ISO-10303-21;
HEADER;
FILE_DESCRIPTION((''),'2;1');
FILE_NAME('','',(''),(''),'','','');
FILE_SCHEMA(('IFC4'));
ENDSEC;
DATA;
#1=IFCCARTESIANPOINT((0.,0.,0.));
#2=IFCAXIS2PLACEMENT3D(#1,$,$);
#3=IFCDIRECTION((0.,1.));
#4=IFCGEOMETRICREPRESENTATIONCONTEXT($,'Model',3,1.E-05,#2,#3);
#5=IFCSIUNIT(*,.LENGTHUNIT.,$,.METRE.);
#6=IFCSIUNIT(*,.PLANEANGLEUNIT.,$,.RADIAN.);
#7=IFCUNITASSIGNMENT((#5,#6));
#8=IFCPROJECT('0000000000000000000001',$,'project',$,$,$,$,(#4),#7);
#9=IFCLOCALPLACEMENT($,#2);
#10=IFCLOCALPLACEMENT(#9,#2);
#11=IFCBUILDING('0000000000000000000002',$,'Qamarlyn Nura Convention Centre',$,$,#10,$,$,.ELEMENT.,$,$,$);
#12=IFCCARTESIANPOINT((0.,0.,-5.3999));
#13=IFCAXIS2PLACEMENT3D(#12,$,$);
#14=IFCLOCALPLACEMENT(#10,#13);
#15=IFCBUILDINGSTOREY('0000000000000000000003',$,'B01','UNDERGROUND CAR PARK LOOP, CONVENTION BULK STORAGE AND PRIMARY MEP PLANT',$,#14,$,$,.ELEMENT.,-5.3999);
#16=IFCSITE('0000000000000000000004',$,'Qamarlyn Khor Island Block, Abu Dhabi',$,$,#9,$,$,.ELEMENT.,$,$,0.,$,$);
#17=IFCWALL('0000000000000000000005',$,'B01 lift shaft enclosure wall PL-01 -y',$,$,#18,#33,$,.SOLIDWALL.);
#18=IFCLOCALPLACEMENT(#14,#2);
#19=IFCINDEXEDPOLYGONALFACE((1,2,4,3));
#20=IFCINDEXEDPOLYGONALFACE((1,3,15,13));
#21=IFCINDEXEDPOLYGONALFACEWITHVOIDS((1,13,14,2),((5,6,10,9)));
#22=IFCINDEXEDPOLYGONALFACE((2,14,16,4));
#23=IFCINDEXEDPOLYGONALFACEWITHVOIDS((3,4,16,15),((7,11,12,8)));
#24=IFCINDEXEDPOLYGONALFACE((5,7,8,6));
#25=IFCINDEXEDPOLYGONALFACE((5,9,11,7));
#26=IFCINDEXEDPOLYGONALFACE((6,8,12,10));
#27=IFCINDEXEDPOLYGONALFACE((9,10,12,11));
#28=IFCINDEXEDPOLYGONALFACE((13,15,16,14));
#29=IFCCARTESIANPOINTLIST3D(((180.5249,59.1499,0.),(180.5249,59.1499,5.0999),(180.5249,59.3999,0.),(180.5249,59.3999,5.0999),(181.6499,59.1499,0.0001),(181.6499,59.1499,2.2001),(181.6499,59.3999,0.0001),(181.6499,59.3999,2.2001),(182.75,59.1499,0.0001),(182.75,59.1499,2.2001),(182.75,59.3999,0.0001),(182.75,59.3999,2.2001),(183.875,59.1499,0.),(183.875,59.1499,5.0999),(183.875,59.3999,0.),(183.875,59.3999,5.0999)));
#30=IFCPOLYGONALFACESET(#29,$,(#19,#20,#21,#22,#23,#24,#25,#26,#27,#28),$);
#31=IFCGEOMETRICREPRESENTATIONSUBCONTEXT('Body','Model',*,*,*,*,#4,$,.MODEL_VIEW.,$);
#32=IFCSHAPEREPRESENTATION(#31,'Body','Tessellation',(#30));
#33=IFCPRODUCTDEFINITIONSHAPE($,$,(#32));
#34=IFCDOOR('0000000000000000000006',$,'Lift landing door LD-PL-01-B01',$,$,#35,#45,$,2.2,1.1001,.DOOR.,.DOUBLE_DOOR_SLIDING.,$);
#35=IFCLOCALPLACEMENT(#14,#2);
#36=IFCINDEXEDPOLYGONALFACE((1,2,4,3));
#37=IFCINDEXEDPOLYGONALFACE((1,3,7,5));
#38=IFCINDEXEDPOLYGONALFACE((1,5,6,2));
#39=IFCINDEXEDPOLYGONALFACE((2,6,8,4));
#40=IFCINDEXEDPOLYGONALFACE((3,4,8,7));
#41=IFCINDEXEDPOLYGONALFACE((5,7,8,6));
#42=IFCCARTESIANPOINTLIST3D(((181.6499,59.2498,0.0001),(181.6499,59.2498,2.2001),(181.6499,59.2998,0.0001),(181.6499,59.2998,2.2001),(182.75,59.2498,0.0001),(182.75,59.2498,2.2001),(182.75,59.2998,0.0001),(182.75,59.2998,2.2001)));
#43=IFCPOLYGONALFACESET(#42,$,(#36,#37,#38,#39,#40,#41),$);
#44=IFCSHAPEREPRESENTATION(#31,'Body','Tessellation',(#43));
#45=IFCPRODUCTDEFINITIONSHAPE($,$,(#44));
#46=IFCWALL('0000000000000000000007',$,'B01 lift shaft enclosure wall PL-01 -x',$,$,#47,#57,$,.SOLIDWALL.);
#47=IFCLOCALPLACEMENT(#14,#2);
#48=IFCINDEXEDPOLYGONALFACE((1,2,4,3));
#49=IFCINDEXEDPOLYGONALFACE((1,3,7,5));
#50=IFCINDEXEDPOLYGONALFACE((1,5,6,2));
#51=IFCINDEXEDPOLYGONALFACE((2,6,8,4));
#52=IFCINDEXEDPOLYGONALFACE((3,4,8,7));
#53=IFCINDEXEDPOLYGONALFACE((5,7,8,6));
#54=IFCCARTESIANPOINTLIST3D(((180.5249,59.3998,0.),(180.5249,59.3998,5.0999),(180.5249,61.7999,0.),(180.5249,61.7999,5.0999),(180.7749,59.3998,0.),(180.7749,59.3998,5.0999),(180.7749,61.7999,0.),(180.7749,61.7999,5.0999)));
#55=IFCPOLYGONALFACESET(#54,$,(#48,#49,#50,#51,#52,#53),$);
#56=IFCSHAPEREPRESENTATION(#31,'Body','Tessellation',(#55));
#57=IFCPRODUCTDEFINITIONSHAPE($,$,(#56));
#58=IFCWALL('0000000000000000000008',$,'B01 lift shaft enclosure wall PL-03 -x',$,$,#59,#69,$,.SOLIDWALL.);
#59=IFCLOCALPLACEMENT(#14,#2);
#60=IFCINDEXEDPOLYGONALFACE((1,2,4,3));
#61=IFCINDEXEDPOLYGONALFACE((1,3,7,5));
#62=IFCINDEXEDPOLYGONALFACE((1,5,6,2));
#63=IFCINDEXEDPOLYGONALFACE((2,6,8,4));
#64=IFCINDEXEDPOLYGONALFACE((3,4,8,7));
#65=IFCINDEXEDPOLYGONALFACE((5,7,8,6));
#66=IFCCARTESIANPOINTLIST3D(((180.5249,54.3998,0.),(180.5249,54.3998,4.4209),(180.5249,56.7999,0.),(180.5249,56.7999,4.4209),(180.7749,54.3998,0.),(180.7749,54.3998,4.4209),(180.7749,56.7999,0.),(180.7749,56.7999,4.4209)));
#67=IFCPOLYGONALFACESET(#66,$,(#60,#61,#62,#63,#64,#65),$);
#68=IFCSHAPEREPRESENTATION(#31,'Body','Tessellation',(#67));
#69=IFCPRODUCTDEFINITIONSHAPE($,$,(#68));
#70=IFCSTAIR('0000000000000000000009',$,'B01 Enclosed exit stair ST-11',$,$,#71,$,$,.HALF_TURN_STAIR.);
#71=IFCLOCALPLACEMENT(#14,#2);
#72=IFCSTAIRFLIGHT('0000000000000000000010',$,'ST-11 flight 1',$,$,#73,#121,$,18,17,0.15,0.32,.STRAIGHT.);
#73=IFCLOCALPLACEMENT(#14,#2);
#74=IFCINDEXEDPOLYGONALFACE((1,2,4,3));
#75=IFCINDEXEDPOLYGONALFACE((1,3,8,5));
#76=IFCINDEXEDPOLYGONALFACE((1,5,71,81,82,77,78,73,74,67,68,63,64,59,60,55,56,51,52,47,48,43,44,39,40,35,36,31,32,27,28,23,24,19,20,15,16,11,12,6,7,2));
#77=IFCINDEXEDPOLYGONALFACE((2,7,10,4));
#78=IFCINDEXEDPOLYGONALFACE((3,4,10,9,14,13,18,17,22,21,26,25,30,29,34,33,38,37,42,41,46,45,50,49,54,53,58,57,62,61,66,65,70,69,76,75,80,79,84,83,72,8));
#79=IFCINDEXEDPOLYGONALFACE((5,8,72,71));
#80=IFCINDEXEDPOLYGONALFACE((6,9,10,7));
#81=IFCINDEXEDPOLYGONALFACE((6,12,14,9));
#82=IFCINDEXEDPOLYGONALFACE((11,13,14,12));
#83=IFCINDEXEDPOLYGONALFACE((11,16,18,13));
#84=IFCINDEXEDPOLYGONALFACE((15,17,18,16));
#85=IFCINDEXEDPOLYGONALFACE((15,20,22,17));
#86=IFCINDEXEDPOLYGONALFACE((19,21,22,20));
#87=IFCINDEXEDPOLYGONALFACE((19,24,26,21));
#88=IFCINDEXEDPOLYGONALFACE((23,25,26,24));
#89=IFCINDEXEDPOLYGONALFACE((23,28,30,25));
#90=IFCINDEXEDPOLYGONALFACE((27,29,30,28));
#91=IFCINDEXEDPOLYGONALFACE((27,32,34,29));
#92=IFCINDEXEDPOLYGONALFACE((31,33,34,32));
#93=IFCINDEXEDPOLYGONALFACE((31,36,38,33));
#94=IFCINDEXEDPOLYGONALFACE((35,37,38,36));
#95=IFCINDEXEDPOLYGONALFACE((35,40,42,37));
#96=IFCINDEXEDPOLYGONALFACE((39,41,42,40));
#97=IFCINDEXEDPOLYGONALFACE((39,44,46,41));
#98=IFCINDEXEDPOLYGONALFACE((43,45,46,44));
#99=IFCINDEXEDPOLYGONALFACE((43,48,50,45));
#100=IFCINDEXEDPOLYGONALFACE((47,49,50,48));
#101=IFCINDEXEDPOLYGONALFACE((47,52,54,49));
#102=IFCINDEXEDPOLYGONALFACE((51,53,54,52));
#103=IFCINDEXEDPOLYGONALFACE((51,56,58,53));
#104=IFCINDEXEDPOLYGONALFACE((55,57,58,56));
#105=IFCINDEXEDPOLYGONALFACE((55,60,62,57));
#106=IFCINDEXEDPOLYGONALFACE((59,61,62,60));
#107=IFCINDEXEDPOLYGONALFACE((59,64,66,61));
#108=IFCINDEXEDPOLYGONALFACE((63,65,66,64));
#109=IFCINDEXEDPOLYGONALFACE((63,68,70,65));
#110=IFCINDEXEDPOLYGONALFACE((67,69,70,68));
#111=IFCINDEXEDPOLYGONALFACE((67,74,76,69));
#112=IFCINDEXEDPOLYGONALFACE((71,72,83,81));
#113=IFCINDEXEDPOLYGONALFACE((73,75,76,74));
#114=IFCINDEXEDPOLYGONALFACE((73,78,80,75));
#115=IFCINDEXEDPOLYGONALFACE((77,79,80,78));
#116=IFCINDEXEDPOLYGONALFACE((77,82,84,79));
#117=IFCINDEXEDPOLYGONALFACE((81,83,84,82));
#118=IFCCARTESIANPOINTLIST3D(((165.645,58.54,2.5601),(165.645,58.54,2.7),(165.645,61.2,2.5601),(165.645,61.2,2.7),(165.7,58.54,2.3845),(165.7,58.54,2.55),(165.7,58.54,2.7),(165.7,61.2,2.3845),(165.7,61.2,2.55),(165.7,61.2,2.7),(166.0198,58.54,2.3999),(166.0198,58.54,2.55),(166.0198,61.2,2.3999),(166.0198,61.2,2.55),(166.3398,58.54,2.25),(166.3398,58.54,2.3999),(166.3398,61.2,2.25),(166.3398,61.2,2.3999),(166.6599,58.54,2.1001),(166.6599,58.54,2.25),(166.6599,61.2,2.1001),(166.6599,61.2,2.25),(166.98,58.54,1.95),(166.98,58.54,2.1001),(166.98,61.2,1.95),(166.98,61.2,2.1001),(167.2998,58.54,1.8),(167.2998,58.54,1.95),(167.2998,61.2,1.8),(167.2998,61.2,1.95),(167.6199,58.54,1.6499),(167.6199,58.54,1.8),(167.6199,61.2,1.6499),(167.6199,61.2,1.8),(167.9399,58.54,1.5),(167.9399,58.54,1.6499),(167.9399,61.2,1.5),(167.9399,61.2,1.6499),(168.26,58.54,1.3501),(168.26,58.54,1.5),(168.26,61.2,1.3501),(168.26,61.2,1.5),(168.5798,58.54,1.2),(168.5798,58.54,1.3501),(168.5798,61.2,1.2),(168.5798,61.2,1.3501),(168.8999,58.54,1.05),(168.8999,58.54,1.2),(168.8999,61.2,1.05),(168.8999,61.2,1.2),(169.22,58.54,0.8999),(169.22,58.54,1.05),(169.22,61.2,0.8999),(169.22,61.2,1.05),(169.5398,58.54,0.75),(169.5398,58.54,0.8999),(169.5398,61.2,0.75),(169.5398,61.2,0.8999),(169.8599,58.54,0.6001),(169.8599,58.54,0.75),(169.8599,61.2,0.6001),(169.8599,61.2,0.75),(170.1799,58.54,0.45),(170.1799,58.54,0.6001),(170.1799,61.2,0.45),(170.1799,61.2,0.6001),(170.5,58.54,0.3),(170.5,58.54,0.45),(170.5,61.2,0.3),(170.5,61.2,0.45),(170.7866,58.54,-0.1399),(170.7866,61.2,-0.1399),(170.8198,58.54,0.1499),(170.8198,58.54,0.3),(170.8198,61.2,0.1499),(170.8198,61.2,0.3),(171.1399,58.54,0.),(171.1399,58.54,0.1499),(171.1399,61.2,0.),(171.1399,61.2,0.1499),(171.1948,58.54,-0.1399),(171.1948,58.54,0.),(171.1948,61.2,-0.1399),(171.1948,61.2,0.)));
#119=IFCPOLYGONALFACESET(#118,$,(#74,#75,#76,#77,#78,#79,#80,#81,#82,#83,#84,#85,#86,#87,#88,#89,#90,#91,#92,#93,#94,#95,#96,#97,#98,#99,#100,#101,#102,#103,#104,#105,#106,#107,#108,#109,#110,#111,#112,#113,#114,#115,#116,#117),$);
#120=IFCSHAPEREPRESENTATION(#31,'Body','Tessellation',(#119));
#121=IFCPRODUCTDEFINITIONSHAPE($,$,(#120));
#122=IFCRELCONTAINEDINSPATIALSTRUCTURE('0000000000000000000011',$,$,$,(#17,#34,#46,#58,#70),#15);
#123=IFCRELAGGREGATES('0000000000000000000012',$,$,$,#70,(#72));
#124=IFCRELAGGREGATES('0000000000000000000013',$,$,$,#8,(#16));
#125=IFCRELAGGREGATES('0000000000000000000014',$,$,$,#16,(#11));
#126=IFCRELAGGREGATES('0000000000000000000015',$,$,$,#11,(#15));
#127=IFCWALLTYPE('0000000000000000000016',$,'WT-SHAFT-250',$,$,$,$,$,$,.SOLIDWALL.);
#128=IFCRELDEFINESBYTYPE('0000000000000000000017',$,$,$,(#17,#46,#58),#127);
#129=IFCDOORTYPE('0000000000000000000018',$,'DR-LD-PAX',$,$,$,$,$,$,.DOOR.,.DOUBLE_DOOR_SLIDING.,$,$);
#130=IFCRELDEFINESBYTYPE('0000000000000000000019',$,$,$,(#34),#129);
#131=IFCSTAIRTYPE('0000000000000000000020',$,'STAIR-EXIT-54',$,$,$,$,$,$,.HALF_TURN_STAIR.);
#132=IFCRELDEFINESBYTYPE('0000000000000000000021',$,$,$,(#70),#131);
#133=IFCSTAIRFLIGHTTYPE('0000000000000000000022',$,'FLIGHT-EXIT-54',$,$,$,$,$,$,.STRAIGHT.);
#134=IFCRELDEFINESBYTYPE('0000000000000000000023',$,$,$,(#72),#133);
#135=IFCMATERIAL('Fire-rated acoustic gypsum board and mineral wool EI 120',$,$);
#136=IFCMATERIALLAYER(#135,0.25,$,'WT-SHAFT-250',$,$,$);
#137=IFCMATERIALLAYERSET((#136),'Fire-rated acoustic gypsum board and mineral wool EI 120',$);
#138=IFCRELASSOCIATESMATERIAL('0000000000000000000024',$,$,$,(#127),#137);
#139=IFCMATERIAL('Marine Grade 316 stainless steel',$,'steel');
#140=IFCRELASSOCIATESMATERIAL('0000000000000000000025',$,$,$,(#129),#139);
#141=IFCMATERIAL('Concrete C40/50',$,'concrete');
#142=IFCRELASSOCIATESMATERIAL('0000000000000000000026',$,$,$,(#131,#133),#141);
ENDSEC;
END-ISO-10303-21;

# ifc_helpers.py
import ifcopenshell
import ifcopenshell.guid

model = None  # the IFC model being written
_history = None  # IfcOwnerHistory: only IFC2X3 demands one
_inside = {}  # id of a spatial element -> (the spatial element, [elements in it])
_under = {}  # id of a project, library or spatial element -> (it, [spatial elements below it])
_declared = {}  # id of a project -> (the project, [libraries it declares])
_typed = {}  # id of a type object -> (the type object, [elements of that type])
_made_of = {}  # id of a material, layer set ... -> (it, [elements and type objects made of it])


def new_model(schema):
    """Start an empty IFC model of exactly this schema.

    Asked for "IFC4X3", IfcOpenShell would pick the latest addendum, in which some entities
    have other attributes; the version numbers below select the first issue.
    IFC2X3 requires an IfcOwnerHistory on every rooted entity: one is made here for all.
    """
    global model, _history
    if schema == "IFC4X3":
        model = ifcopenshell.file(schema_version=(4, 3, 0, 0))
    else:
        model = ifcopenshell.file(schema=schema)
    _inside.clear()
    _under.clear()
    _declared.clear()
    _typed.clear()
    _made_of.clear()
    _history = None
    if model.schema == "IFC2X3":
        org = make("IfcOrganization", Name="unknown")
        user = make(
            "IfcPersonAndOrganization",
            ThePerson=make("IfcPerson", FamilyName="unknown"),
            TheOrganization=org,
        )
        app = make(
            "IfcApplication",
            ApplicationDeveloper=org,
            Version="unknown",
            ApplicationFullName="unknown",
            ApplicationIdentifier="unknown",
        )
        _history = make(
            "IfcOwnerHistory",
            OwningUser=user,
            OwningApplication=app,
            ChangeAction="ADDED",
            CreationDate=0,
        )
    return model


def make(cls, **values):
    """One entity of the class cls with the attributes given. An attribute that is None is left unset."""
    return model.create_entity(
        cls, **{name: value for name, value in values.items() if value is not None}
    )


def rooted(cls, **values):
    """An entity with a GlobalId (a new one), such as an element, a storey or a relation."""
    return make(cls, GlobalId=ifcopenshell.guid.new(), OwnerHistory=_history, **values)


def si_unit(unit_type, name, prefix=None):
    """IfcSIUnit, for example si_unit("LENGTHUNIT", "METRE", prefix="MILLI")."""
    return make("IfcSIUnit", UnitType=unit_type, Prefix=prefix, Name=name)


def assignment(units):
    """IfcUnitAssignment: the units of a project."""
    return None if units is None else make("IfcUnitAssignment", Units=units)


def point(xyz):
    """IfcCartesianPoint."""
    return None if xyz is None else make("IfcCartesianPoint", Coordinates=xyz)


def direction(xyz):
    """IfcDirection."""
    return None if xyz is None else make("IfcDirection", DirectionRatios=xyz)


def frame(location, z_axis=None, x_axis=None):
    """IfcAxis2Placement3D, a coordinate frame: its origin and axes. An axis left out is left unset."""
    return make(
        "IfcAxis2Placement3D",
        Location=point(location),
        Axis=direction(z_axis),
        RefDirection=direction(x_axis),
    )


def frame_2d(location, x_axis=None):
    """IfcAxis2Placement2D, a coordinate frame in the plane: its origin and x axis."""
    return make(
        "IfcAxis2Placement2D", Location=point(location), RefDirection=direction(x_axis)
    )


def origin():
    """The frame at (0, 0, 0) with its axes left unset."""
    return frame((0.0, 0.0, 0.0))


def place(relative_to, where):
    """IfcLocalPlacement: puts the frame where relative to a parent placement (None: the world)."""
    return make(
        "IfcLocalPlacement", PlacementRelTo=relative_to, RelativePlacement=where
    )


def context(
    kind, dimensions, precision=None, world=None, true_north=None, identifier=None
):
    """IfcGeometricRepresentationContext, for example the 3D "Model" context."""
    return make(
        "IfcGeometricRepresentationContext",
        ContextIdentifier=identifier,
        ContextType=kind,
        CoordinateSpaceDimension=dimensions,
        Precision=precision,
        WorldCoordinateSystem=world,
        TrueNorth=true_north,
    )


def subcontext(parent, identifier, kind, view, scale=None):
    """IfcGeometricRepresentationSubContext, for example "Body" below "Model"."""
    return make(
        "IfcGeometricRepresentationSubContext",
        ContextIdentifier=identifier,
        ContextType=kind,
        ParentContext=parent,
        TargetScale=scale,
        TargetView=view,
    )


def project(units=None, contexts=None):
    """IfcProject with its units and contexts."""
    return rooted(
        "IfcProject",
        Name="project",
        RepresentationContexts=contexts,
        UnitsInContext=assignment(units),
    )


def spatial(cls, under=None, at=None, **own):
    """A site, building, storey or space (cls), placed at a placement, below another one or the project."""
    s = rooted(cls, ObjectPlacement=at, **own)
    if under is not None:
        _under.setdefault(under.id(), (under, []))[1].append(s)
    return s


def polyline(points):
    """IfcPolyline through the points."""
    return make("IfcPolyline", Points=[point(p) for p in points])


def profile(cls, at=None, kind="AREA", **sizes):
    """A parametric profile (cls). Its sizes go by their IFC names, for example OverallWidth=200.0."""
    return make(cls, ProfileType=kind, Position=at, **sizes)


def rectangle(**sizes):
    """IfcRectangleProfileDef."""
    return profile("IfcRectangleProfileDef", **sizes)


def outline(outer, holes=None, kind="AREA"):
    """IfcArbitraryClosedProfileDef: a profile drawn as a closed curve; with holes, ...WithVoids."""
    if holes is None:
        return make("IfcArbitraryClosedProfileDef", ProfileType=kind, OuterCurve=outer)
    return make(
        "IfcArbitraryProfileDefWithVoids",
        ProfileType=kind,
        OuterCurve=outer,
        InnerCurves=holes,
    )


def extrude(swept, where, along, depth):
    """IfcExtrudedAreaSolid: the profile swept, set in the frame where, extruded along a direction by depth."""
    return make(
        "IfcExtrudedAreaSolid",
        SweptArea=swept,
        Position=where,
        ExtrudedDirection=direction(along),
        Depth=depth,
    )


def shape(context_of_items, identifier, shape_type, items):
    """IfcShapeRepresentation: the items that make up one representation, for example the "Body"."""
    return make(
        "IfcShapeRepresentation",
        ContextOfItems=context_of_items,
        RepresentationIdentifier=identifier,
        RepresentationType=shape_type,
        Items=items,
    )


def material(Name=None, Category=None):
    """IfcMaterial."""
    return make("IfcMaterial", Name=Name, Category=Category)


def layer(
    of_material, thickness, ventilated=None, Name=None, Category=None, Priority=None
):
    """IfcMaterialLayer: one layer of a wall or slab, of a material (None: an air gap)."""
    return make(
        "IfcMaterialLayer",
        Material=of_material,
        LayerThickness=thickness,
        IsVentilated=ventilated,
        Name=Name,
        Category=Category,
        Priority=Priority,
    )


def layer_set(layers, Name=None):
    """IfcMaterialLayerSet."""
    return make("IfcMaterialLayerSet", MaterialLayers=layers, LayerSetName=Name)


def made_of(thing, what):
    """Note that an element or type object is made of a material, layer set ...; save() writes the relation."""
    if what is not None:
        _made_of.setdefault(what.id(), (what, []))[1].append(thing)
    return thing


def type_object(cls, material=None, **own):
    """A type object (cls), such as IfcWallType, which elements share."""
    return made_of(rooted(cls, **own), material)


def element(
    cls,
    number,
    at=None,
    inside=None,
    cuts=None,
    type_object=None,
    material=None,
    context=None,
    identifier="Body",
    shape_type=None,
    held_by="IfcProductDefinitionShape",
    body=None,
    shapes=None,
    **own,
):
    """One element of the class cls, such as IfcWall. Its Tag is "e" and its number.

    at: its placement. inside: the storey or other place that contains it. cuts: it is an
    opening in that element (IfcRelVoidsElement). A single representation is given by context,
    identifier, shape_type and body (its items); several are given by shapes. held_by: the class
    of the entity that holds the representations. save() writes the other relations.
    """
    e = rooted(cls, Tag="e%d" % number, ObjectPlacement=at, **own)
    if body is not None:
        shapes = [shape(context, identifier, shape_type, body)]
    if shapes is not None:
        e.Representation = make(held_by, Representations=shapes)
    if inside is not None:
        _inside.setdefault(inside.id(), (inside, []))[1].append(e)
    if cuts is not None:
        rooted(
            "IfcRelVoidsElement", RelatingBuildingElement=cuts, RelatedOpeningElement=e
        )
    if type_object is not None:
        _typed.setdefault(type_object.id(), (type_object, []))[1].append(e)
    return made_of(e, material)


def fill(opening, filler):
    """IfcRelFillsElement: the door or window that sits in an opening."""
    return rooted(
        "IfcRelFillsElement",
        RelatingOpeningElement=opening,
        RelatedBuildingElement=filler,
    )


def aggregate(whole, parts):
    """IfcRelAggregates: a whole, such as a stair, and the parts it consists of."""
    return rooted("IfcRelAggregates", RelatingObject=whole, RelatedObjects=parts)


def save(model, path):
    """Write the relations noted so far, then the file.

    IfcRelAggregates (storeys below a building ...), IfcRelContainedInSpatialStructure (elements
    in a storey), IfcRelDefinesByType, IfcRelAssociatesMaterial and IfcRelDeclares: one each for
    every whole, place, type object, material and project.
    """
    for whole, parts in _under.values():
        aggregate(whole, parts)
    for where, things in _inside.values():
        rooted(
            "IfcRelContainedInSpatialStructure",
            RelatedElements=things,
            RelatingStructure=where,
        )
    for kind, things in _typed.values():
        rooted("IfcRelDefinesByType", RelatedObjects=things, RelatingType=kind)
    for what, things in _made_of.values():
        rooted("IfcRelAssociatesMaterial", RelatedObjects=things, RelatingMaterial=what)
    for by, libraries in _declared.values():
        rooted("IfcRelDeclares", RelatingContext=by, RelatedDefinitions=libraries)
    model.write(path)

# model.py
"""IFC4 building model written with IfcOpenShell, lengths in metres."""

from ifc_helpers import new_model, si_unit, direction, frame, frame_2d, origin, place, context, subcontext, project, spatial, polyline, rectangle, outline, extrude, material, layer, layer_set, type_object, element, fill, aggregate, save


model = new_model("IFC4")

# Units and contexts
model_context = context("Model", 3, precision=1e-05, world=origin(), true_north=direction((0.0, 1.0)))
body_context = subcontext(model_context, "Body", "Model", "MODEL_VIEW")
ifc_project = project(units=[si_unit("LENGTHUNIT", "METRE"), si_unit("PLANEANGLEUNIT", "RADIAN")], contexts=[model_context])

# Site, building, storey
site_placement = place(None, origin())
site = spatial("IfcSite", under=ifc_project, at=site_placement, Name="Qamarlyn Khor Island Block, Abu Dhabi", CompositionType="ELEMENT", RefElevation=0.0)
building_placement = place(site_placement, origin())
building = spatial("IfcBuilding", under=site, at=building_placement, Name="Qamarlyn Nura Convention Centre", CompositionType="ELEMENT")
storey_placement = place(building_placement, frame((0.0, 0.0, -5.3999)))
storey = spatial("IfcBuildingStorey", under=building, at=storey_placement, Name="B01", Description="UNDERGROUND CAR PARK LOOP, CONVENTION BULK STORAGE AND PRIMARY MEP PLANT", CompositionType="ELEMENT", Elevation=-5.3999)

# Shared definitions
ifc_material_1 = material(Name="Concrete C40/50", Category="concrete")

# Wall, opening, door
ifc_material_2 = material(Name="Fire-rated acoustic gypsum board and mineral wool EI 120")
ifc_layer_1 = layer(ifc_material_2, 0.25, Name="WT-SHAFT-250")
ifc_layer_set_1 = layer_set([ifc_layer_1], Name="Fire-rated acoustic gypsum board and mineral wool EI 120")
wall_type_1 = type_object("IfcWallType", Name="WT-SHAFT-250", PredefinedType="SOLIDWALL", material=ifc_layer_set_1)
wall_1_placement = place(storey_placement, frame((180.5249, 59.2749, 0.0), z_axis=(0.0, 0.0, 1.0), x_axis=(1.0, 0.0, 0.0)))
wall_1 = element("IfcWall", 1, at=wall_1_placement, inside=storey, type_object=wall_type_1, Name="B01 lift shaft enclosure wall PL-01 -y", PredefinedType="SOLIDWALL", context=body_context, shape_type="SweptSolid", body=[
    extrude(rectangle(XDim=3.3501, YDim=0.25, at=frame_2d((1.675, 0.0))), origin(), (0.0, 0.0, 1.0), 5.0999),
])
opening_1_placement = place(wall_1_placement, frame((1.125, 0.0, 0.0)))
opening_1 = element("IfcOpeningElement", 2, at=opening_1_placement, cuts=wall_1, PredefinedType="OPENING", context=body_context, shape_type="SweptSolid", body=[
    extrude(rectangle(XDim=1.1001, YDim=2.2, at=frame_2d((0.55, 1.1001))), frame((0.0, 0.135, 0.0), z_axis=(0.0, -1.0, 0.0), x_axis=(1.0, 0.0, 0.0)), (0.0, 0.0, 1.0), 0.27),
])
ifc_material_3 = material(Name="Marine Grade 316 stainless steel", Category="steel")
door_type_1 = type_object("IfcDoorType", Name="DR-LD-PAX", OperationType="DOUBLE_DOOR_SLIDING", PredefinedType="DOOR", material=ifc_material_3)
door_1_placement = place(opening_1_placement, origin())
door_1 = element("IfcDoor", 3, at=door_1_placement, inside=storey, type_object=door_type_1, Name="Lift landing door LD-PL-01-B01", OperationType="DOUBLE_DOOR_SLIDING", OverallHeight=2.2, OverallWidth=1.1001, PredefinedType="DOOR", context=body_context, shape_type="SweptSolid", body=[
    extrude(rectangle(XDim=1.1001, YDim=2.2, at=frame_2d((0.55, 1.1001))), frame((0.0, 0.0249, 0.0), z_axis=(0.0, -1.0, 0.0), x_axis=(1.0, 0.0, 0.0)), (0.0, 0.0, 1.0), 0.05),
])
fill(opening_1, door_1)

# Walls
wall_2_placement = place(storey_placement, frame((180.6499, 61.8, 0.0), z_axis=(0.0, 0.0, 1.0), x_axis=(0.0, -1.0, 0.0)))
element("IfcWall", 4, at=wall_2_placement, inside=storey, type_object=wall_type_1, Name="B01 lift shaft enclosure wall PL-01 -x", PredefinedType="SOLIDWALL", context=body_context, shape_type="SweptSolid", body=[
    extrude(rectangle(XDim=2.4001, YDim=0.25, at=frame_2d((1.2002, 0.0))), origin(), (0.0, 0.0, 1.0), 5.0999),
])
wall_3_placement = place(storey_placement, frame((180.6499, 56.8, 0.0), z_axis=(0.0, 0.0, 1.0), x_axis=(0.0, -1.0, 0.0)))
element("IfcWall", 5, at=wall_3_placement, inside=storey, type_object=wall_type_1, Name="B01 lift shaft enclosure wall PL-03 -x", PredefinedType="SOLIDWALL", context=body_context, shape_type="SweptSolid", body=[
    extrude(rectangle(XDim=2.4001, YDim=0.25, at=frame_2d((1.2002, 0.0))), origin(), (0.0, 0.0, 1.0), 4.4209),
])

# Stair, stair flight
stair_type = type_object("IfcStairType", Name="STAIR-EXIT-54", PredefinedType="HALF_TURN_STAIR", material=ifc_material_1)
stair_placement = place(storey_placement, origin())
stair = element("IfcStair", 6, at=stair_placement, inside=storey, type_object=stair_type, Name="B01 Enclosed exit stair ST-11", PredefinedType="HALF_TURN_STAIR")
stair_flight_type = type_object("IfcStairFlightType", Name="FLIGHT-EXIT-54", PredefinedType="STRAIGHT", material=ifc_material_1)
stair_flight_placement = place(storey_placement, frame((171.1399, 59.8701, 0.0), z_axis=(0.0, 0.0, 1.0), x_axis=(-1.0, 0.0, 0.0)))
stair_flight = element("IfcStairFlight", 7, at=stair_flight_placement, type_object=stair_flight_type, Name="ST-11 flight 1", NumberOfRisers=18, NumberOfTreads=17, PredefinedType="STRAIGHT", RiserHeight=0.15, TreadLength=0.32, context=body_context, shape_type="SweptSolid", body=[
    extrude(outline(polyline([(-0.0549, 0.0), (0.0, 0.0), (0.0, 0.1499), (0.3201, 0.1499), (0.3201, 0.3), (0.6399, 0.3), (0.6399, 0.45), (0.96, 0.45), (0.96, 0.6001), (1.28, 0.6001), (1.28, 0.75), (1.6001, 0.75), (1.6001, 0.8999), (1.9199, 0.8999), (1.9199, 1.05), (2.24, 1.05), (2.24, 1.2), (2.5601, 1.2), (2.5601, 1.3501), (2.8799, 1.3501), (2.8799, 1.5), (3.2, 1.5), (3.2, 1.6499), (3.52, 1.6499), (3.52, 1.8), (3.8401, 1.8), (3.8401, 1.95), (4.1599, 1.95), (4.1599, 2.1001), (4.48, 2.1001), (4.48, 2.25), (4.8, 2.25), (4.8, 2.3999), (5.1201, 2.3999), (5.1201, 2.55), (5.4399, 2.55), (5.4399, 2.7), (5.4949, 2.7), (5.4949, 2.5601), (5.4399, 2.3845), (0.3533, -0.1399), (-0.0549, -0.1399), (-0.0549, 0.0)])), frame((0.0, 1.3301, 0.0), z_axis=(0.0, -1.0, 0.0), x_axis=(1.0, 0.0, 0.0)), (0.0, 0.0, 1.0), 2.6599),
])
aggregate(stair, [stair_flight])

save(model, "model.ifc")
